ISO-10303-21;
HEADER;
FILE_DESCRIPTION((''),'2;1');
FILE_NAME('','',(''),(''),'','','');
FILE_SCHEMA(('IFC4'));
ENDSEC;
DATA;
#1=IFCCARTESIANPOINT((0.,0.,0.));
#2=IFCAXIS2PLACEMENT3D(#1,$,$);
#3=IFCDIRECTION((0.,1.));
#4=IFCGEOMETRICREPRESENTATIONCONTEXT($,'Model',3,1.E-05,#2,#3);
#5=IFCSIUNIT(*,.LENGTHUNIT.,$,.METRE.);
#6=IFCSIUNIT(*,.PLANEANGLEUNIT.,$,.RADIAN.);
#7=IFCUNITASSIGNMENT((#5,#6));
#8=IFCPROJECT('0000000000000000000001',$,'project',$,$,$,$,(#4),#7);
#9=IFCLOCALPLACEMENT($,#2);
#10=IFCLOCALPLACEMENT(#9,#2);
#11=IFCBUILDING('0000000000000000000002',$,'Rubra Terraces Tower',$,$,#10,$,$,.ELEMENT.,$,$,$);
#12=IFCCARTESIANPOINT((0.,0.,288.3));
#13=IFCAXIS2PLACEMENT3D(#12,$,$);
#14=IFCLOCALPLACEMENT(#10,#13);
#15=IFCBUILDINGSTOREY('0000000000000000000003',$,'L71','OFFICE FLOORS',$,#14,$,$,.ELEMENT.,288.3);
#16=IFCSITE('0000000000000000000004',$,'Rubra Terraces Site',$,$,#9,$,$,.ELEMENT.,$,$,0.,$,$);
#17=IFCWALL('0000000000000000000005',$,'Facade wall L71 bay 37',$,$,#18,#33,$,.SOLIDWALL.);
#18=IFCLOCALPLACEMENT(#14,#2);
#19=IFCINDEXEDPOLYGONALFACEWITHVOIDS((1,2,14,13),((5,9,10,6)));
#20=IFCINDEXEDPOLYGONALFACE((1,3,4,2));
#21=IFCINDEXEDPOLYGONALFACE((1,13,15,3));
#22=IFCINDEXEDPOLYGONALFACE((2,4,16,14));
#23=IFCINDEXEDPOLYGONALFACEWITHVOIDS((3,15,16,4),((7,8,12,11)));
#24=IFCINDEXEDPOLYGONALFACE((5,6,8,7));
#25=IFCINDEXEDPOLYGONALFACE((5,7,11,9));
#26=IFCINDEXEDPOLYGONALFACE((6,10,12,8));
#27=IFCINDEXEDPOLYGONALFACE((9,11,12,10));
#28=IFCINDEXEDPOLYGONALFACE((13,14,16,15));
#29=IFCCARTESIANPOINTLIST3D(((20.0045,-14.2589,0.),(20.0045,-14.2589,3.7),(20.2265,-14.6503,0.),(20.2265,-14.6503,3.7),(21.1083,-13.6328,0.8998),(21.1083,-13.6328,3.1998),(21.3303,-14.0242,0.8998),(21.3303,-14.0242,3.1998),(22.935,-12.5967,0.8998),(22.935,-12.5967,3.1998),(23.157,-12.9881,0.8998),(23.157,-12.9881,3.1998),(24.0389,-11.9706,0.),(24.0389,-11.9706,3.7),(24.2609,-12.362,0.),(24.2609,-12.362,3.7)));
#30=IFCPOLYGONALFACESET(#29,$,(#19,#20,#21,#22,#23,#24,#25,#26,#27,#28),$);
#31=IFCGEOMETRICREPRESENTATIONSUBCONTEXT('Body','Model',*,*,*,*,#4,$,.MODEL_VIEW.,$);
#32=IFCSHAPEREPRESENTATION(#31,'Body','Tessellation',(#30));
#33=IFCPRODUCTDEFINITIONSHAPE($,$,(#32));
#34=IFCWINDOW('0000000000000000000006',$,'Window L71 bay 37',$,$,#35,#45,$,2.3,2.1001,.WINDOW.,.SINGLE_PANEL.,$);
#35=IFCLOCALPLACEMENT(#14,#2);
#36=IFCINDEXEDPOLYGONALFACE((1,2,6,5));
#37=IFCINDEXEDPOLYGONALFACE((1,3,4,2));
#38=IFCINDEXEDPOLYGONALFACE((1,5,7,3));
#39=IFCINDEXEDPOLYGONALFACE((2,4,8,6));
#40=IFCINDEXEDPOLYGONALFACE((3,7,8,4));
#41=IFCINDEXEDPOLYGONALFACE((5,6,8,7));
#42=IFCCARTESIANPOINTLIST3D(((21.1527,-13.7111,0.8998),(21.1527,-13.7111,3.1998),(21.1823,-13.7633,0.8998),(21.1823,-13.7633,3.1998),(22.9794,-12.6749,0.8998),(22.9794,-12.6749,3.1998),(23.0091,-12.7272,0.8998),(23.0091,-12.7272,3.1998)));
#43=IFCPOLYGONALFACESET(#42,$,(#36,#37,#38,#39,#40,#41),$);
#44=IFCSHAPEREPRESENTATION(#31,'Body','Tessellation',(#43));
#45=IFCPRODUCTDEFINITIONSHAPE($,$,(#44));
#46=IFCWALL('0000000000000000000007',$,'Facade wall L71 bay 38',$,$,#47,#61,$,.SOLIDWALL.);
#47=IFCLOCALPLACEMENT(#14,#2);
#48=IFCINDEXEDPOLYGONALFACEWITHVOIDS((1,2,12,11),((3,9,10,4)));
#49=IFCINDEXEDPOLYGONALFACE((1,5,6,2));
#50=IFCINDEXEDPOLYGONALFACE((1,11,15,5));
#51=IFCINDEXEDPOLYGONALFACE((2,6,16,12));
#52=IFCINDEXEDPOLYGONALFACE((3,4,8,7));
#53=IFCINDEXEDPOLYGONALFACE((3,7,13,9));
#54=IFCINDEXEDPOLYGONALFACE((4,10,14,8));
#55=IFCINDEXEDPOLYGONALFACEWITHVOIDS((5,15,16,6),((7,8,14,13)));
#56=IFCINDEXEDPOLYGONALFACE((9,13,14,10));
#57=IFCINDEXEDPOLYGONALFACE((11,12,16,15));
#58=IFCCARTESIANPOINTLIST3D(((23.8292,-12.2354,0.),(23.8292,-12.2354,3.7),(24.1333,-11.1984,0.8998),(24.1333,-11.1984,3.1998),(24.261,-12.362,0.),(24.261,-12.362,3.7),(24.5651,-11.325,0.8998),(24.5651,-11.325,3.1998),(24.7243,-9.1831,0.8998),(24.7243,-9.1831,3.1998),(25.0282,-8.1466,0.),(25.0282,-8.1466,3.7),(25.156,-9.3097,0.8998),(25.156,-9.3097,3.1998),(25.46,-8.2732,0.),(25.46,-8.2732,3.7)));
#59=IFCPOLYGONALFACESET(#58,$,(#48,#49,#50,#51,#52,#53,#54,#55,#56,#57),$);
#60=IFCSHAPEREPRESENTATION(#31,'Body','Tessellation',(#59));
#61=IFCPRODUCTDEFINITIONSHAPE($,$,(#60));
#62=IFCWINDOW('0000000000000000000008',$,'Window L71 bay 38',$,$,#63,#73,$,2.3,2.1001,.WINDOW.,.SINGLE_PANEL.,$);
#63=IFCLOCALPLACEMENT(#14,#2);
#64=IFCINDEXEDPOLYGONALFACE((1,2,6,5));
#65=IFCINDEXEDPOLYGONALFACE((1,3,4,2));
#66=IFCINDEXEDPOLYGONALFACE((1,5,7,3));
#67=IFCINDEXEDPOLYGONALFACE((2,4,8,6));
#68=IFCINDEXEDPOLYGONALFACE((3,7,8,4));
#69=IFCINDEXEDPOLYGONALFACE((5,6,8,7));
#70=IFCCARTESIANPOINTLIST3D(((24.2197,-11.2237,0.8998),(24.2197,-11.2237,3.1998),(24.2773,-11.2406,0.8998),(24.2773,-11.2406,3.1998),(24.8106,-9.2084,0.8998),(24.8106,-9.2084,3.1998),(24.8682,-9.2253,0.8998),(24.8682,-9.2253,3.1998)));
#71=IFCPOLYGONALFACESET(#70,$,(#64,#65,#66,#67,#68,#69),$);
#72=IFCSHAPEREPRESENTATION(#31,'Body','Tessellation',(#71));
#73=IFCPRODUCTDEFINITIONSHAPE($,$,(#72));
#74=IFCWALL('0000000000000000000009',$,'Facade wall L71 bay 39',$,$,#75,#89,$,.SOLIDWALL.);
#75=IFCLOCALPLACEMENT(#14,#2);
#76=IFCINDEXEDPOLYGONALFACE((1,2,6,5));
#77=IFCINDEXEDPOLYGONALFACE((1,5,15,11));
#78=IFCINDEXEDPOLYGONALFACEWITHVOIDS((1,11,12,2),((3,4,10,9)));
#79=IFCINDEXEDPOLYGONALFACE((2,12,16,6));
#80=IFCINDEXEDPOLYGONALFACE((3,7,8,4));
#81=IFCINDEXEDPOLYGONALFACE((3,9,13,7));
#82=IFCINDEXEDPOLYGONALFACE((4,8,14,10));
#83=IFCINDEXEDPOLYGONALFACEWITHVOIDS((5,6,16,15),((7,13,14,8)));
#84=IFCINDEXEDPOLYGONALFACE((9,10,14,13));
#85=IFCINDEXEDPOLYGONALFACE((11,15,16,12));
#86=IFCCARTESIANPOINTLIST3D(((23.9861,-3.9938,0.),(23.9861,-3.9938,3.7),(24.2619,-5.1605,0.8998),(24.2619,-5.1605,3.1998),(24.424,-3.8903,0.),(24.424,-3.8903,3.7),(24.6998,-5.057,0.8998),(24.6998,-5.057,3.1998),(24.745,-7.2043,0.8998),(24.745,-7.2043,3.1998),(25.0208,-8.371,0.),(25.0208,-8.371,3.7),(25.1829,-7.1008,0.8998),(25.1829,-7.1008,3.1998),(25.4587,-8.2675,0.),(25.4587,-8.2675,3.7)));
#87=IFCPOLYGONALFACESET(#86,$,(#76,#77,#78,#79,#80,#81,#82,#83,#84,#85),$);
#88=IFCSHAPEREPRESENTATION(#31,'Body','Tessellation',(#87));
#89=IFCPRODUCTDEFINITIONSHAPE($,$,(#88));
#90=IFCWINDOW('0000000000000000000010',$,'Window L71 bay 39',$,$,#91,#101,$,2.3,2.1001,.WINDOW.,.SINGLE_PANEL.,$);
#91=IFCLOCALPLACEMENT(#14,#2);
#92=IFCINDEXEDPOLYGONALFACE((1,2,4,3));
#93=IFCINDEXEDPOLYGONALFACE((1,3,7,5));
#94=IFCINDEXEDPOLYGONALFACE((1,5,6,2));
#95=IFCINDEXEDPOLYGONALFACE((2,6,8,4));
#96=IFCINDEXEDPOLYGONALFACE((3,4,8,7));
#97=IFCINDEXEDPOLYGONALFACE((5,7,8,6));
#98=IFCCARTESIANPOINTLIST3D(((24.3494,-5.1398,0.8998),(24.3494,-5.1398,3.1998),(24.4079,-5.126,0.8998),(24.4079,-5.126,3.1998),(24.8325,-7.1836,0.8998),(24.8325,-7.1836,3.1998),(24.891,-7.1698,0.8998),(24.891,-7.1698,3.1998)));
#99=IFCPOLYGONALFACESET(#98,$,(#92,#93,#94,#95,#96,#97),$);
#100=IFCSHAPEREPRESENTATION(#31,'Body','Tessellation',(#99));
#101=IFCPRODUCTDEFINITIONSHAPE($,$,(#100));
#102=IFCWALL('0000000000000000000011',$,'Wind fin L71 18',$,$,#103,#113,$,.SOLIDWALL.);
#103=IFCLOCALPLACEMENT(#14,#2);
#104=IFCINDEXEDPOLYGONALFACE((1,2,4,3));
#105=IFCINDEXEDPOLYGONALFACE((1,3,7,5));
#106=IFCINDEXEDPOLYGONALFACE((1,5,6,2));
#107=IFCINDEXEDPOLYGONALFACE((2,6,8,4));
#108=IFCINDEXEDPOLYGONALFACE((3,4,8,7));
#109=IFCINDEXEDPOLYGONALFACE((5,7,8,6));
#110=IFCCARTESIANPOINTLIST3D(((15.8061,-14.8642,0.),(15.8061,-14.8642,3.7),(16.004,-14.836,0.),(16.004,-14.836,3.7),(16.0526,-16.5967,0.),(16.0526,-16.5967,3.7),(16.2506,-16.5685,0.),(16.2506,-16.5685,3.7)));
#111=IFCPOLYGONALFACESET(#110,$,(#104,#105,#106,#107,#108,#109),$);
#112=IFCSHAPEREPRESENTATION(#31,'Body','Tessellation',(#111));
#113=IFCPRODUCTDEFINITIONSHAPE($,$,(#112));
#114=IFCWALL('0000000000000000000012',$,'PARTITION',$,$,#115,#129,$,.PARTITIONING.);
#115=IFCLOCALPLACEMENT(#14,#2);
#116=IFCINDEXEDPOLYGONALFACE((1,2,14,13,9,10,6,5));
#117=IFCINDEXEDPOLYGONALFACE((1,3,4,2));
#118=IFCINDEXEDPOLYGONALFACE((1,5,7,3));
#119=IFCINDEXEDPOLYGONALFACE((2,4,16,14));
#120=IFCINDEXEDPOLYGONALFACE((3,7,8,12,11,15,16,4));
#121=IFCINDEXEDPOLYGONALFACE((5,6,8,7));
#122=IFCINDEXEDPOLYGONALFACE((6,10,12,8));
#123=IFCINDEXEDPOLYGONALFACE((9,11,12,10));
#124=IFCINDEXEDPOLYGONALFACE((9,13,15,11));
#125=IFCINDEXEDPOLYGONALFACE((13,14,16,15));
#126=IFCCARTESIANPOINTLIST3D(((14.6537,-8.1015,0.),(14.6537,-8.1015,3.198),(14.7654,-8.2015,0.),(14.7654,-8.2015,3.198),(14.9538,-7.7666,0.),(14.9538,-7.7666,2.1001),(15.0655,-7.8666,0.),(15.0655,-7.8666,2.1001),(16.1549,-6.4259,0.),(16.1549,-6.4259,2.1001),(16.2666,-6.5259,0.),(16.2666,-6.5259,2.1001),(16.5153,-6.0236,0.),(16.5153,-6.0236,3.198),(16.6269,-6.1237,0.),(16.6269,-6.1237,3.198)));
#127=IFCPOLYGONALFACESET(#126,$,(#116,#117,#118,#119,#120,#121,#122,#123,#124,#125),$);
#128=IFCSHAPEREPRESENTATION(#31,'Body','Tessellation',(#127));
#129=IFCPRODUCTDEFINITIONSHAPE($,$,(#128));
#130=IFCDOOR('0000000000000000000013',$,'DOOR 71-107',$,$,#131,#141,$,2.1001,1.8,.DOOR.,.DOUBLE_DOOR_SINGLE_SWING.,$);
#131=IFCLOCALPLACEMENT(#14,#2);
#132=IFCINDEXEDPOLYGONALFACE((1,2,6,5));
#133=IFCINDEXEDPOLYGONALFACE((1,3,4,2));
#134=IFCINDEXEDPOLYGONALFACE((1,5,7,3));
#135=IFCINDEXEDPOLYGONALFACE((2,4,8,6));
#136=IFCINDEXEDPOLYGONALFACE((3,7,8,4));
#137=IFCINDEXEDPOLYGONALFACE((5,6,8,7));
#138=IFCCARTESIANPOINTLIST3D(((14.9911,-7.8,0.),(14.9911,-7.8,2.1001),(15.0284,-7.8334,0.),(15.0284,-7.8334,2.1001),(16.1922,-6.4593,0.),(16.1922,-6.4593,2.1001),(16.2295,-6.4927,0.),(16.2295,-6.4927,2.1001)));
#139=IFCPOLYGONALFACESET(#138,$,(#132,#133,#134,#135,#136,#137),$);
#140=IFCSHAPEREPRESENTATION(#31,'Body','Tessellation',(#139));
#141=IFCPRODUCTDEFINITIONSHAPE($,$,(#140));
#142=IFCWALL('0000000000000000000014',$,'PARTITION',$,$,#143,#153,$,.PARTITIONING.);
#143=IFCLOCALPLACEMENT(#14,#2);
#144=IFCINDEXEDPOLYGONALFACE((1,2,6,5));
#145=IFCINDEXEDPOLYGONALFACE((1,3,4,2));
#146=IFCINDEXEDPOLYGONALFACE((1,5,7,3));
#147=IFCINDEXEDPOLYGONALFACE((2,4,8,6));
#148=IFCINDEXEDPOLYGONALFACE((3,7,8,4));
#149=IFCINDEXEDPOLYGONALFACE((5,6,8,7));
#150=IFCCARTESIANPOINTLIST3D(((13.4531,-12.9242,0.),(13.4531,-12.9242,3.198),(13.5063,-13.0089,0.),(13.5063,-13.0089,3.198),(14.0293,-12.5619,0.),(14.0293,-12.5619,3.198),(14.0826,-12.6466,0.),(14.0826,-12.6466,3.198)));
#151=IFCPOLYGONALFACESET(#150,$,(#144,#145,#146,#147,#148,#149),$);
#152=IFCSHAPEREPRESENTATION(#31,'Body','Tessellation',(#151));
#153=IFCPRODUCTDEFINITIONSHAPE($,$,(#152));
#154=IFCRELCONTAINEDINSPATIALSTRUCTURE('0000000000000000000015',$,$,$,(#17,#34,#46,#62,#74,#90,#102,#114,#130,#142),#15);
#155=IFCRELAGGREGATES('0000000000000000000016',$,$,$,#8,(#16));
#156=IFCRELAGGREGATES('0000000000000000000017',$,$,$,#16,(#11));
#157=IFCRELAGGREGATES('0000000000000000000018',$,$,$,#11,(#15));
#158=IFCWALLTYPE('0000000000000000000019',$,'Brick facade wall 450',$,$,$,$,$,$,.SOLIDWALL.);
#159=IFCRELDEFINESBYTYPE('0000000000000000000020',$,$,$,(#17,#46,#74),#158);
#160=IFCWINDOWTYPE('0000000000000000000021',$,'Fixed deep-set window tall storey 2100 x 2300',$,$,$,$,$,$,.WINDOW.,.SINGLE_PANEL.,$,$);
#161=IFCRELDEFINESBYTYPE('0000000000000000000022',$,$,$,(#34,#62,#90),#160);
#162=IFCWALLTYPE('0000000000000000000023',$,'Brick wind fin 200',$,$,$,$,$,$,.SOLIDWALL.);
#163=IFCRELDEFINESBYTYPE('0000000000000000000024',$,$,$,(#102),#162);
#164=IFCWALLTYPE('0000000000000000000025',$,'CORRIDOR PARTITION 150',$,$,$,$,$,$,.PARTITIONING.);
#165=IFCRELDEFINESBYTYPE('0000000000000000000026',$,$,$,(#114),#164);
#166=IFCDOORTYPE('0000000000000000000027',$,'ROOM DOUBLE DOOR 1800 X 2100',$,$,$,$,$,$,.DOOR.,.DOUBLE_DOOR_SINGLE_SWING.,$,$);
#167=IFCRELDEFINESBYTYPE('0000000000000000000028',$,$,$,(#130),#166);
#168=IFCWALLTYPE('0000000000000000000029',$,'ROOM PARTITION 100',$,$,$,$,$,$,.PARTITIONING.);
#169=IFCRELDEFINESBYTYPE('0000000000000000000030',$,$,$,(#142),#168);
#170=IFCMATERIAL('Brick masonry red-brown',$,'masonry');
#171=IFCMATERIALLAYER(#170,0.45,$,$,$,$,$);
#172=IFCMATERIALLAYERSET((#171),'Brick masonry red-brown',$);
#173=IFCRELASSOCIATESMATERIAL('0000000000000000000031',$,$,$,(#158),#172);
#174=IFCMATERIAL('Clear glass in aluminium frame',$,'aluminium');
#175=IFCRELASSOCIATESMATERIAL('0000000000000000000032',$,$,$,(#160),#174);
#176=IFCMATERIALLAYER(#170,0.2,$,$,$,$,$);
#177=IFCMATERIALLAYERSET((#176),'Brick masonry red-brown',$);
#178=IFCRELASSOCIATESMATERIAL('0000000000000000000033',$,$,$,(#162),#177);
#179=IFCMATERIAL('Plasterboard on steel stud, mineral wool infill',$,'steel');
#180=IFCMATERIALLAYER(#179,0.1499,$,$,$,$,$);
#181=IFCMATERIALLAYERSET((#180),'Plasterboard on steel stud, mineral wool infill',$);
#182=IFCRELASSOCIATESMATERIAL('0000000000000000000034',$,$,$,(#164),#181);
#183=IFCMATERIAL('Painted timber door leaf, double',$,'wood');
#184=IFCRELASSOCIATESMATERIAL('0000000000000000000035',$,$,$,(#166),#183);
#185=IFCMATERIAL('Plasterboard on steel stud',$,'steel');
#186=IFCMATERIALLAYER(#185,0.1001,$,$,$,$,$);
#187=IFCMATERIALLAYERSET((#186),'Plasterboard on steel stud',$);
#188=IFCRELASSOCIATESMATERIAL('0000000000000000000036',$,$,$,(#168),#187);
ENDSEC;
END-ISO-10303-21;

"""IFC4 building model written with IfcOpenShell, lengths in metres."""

from ifc_helpers import new_model, si_unit, direction, frame, frame_2d, origin, place, context, subcontext, project, spatial, rectangle, extrude, material, layer, layer_set, type_object, element, fill, save


model = new_model("IFC4")

# Units and contexts
model_context = context("Model", 3, precision=1e-05, world=origin(), true_north=direction((0.0, 1.0)))
body_context = subcontext(model_context, "Body", "Model", "MODEL_VIEW")
ifc_project = project(units=[si_unit("LENGTHUNIT", "METRE"), si_unit("PLANEANGLEUNIT", "RADIAN")], contexts=[model_context])

# Site, building, storey
site_placement = place(None, origin())
site = spatial("IfcSite", under=ifc_project, at=site_placement, Name="Rubra Terraces Site", CompositionType="ELEMENT", RefElevation=0.0)
building_placement = place(site_placement, origin())
building = spatial("IfcBuilding", under=site, at=building_placement, Name="Rubra Terraces Tower", CompositionType="ELEMENT")
storey_placement = place(building_placement, frame((0.0, 0.0, 288.3)))
storey = spatial("IfcBuildingStorey", under=building, at=storey_placement, Name="L71", Description="OFFICE FLOORS", CompositionType="ELEMENT", Elevation=288.3)

# Walls, openings, windows
ifc_material_1 = material(Name="Brick masonry red-brown", Category="masonry")
ifc_layer_1 = layer(ifc_material_1, 0.45)
ifc_layer_set_1 = layer_set([ifc_layer_1], Name="Brick masonry red-brown")
wall_type_1 = type_object("IfcWallType", Name="Brick facade wall 450", PredefinedType="SOLIDWALL", material=ifc_layer_set_1)
ifc_material_2 = material(Name="Clear glass in aluminium frame", Category="aluminium")
window_type = type_object("IfcWindowType", Name="Fixed deep-set window tall storey 2100 x 2300", PartitioningType="SINGLE_PANEL", PredefinedType="WINDOW", material=ifc_material_2)
wall_1_placement = place(storey_placement, frame((20.1155, -14.4546, 0.0), z_axis=(0.0, 0.0, 1.0), x_axis=(0.869823, 0.493364, 0.0)))
wall_1 = element("IfcWall", 1, at=wall_1_placement, inside=storey, type_object=wall_type_1, Name="Facade wall L71 bay 37", PredefinedType="SOLIDWALL", context=body_context, shape_type="SweptSolid", body=[
    extrude(rectangle(XDim=4.6382, YDim=0.45, at=frame_2d((2.3191, 0.0))), origin(), (0.0, 0.0, 1.0), 3.7),
])
opening_1_placement = place(wall_1_placement, frame((1.269, 0.0, 0.8999)))
opening_1 = element("IfcOpeningElement", 2, at=opening_1_placement, cuts=wall_1, PredefinedType="OPENING", context=body_context, shape_type="SweptSolid", body=[
    extrude(rectangle(XDim=2.1001, YDim=2.3, at=frame_2d((1.05, 1.1499))), frame((0.0, 0.2349, 0.0), z_axis=(0.0, -1.0, 0.0), x_axis=(1.0, 0.0, 0.0)), (0.0, 0.0, 1.0), 0.47),
])
window_1_placement = place(opening_1_placement, origin())
window_1 = element("IfcWindow", 3, at=window_1_placement, inside=storey, type_object=window_type, Name="Window L71 bay 37", OverallHeight=2.3, OverallWidth=2.1001, PartitioningType="SINGLE_PANEL", PredefinedType="WINDOW", context=body_context, shape_type="SweptSolid", body=[
    extrude(rectangle(XDim=2.1001, YDim=2.3, at=frame_2d((1.05, 1.1499))), frame((0.0, 0.135, 0.0), z_axis=(0.0, -1.0, 0.0), x_axis=(1.0, 0.0, 0.0)), (0.0, 0.0, 1.0), 0.0601),
])
fill(opening_1, window_1)
wall_2_placement = place(storey_placement, frame((24.0452, -12.2986, 0.0), z_axis=(0.0, 0.0, 1.0), x_axis=(0.281381, 0.959596, 0.0)))
wall_2 = element("IfcWall", 4, at=wall_2_placement, inside=storey, type_object=wall_type_1, Name="Facade wall L71 bay 38", PredefinedType="SOLIDWALL", context=body_context, shape_type="SweptSolid", body=[
    extrude(rectangle(XDim=4.261, YDim=0.45, at=frame_2d((2.1304, 0.0))), origin(), (0.0, 0.0, 1.0), 3.7),
])
opening_2_placement = place(wall_2_placement, frame((1.0806, 0.0, 0.8999)))
opening_2 = element("IfcOpeningElement", 5, at=opening_2_placement, cuts=wall_2, PredefinedType="OPENING", context=body_context, shape_type="SweptSolid", body=[
    extrude(rectangle(XDim=2.1001, YDim=2.3, at=frame_2d((1.05, 1.1499))), frame((0.0, 0.2349, 0.0), z_axis=(0.0, -1.0, 0.0), x_axis=(1.0, 0.0, 0.0)), (0.0, 0.0, 1.0), 0.47),
])
window_2_placement = place(opening_2_placement, origin())
window_2 = element("IfcWindow", 6, at=window_2_placement, inside=storey, type_object=window_type, Name="Window L71 bay 38", OverallHeight=2.3, OverallWidth=2.1001, PartitioningType="SINGLE_PANEL", PredefinedType="WINDOW", context=body_context, shape_type="SweptSolid", body=[
    extrude(rectangle(XDim=2.1001, YDim=2.3, at=frame_2d((1.05, 1.1499))), frame((0.0, 0.135, 0.0), z_axis=(0.0, -1.0, 0.0), x_axis=(1.0, 0.0, 0.0)), (0.0, 0.0, 1.0), 0.0601),
])
fill(opening_2, window_2)
wall_3_placement = place(storey_placement, frame((25.2397, -8.3193, 0.0), z_axis=(0.0, 0.0, 1.0), x_axis=(-0.230038, 0.973182, 0.0)))
wall_3 = element("IfcWall", 7, at=wall_3_placement, inside=storey, type_object=wall_type_1, Name="Facade wall L71 bay 39", PredefinedType="SOLIDWALL", context=body_context, shape_type="SweptSolid", body=[
    extrude(rectangle(XDim=4.4978, YDim=0.45, at=frame_2d((2.249, 0.0))), origin(), (0.0, 0.0, 1.0), 3.7),
])
opening_3_placement = place(wall_3_placement, frame((1.199, 0.0, 0.8999)))
opening_3 = element("IfcOpeningElement", 8, at=opening_3_placement, cuts=wall_3, PredefinedType="OPENING", context=body_context, shape_type="SweptSolid", body=[
    extrude(rectangle(XDim=2.1001, YDim=2.3, at=frame_2d((1.05, 1.1499))), frame((0.0, 0.2349, 0.0), z_axis=(0.0, -1.0, 0.0), x_axis=(1.0, 0.0, 0.0)), (0.0, 0.0, 1.0), 0.47),
])
window_3_placement = place(opening_3_placement, origin())
window_3 = element("IfcWindow", 9, at=window_3_placement, inside=storey, type_object=window_type, Name="Window L71 bay 39", OverallHeight=2.3, OverallWidth=2.1001, PartitioningType="SINGLE_PANEL", PredefinedType="WINDOW", context=body_context, shape_type="SweptSolid", body=[
    extrude(rectangle(XDim=2.1001, YDim=2.3, at=frame_2d((1.05, 1.1499))), frame((0.0, 0.135, 0.0), z_axis=(0.0, -1.0, 0.0), x_axis=(1.0, 0.0, 0.0)), (0.0, 0.0, 1.0), 0.0601),
])
fill(opening_3, window_3)

# Wall
ifc_layer_2 = layer(ifc_material_1, 0.2)
ifc_layer_set_2 = layer_set([ifc_layer_2], Name="Brick masonry red-brown")
wall_type_2 = type_object("IfcWallType", Name="Brick wind fin 200", PredefinedType="SOLIDWALL", material=ifc_layer_set_2)
wall_4_placement = place(storey_placement, frame((15.905, -14.8501, 0.0), z_axis=(0.0, 0.0, 1.0), x_axis=(0.140913, -0.990022, 0.0)))
element("IfcWall", 10, at=wall_4_placement, inside=storey, type_object=wall_type_2, Name="Wind fin L71 18", PredefinedType="SOLIDWALL", context=body_context, shape_type="SweptSolid", body=[
    extrude(rectangle(XDim=1.75, YDim=0.2, at=frame_2d((0.875, 0.0))), origin(), (0.0, 0.0, 1.0), 3.7),
])

# Wall, opening, door
ifc_material_3 = material(Name="Plasterboard on steel stud, mineral wool infill", Category="steel")
ifc_layer_3 = layer(ifc_material_3, 0.1499)
ifc_layer_set_3 = layer_set([ifc_layer_3], Name="Plasterboard on steel stud, mineral wool infill")
wall_type_3 = type_object("IfcWallType", Name="CORRIDOR PARTITION 150", PredefinedType="PARTITIONING", material=ifc_layer_set_3)
wall_5_placement = place(storey_placement, frame((14.7095, -8.1516, 0.0), z_axis=(0.0, 0.0, 1.0), x_axis=(0.667276, 0.744811, 0.0)))
wall_5 = element("IfcWall", 11, at=wall_5_placement, inside=storey, type_object=wall_type_3, Name="PARTITION", PredefinedType="PARTITIONING", context=body_context, shape_type="SweptSolid", body=[
    extrude(rectangle(XDim=2.7898, YDim=0.1499, at=frame_2d((1.395, 0.0))), origin(), (0.0, 0.0, 1.0), 3.198),
])
opening_4_placement = place(wall_5_placement, frame((0.45, 0.0, 0.0)))
opening_4 = element("IfcOpeningElement", 12, at=opening_4_placement, cuts=wall_5, PredefinedType="OPENING", context=body_context, shape_type="SweptSolid", body=[
    extrude(rectangle(XDim=1.8, YDim=2.1001, at=frame_2d((0.8999, 1.05))), frame((0.0, 0.085, 0.0), z_axis=(0.0, -1.0, 0.0), x_axis=(1.0, 0.0, 0.0)), (0.0, 0.0, 1.0), 0.1699),
])
ifc_material_4 = material(Name="Painted timber door leaf, double", Category="wood")
door_type_1 = type_object("IfcDoorType", Name="ROOM DOUBLE DOOR 1800 X 2100", OperationType="DOUBLE_DOOR_SINGLE_SWING", PredefinedType="DOOR", material=ifc_material_4)
door_1_placement = place(opening_4_placement, origin())
door_1 = element("IfcDoor", 13, at=door_1_placement, inside=storey, type_object=door_type_1, Name="DOOR 71-107", OperationType="DOUBLE_DOOR_SINGLE_SWING", OverallHeight=2.1001, OverallWidth=1.8, PredefinedType="DOOR", context=body_context, shape_type="SweptSolid", body=[
    extrude(rectangle(XDim=1.8, YDim=2.1001, at=frame_2d((0.8999, 1.05))), frame((0.0, 0.0249, 0.0), z_axis=(0.0, -1.0, 0.0), x_axis=(1.0, 0.0, 0.0)), (0.0, 0.0, 1.0), 0.05),
])
fill(opening_4, door_1)

# Wall
ifc_material_5 = material(Name="Plasterboard on steel stud", Category="steel")
ifc_layer_4 = layer(ifc_material_5, 0.1001)
ifc_layer_set_4 = layer_set([ifc_layer_4], Name="Plasterboard on steel stud")
wall_type_4 = type_object("IfcWallType", Name="ROOM PARTITION 100", PredefinedType="PARTITIONING", material=ifc_layer_set_4)
wall_6_placement = place(storey_placement, frame((14.0559, -12.6042, 0.0), z_axis=(0.0, 0.0, 1.0), x_axis=(-0.846544, -0.532318, 0.0)))
element("IfcWall", 14, at=wall_6_placement, inside=storey, type_object=wall_type_4, Name="PARTITION", PredefinedType="PARTITIONING", context=body_context, shape_type="SweptSolid", body=[
    extrude(rectangle(XDim=0.6807, YDim=0.1001, at=frame_2d((0.3403, 0.0))), origin(), (0.0, 0.0, 1.0), 3.198),
])

save(model, "model.ifc")
